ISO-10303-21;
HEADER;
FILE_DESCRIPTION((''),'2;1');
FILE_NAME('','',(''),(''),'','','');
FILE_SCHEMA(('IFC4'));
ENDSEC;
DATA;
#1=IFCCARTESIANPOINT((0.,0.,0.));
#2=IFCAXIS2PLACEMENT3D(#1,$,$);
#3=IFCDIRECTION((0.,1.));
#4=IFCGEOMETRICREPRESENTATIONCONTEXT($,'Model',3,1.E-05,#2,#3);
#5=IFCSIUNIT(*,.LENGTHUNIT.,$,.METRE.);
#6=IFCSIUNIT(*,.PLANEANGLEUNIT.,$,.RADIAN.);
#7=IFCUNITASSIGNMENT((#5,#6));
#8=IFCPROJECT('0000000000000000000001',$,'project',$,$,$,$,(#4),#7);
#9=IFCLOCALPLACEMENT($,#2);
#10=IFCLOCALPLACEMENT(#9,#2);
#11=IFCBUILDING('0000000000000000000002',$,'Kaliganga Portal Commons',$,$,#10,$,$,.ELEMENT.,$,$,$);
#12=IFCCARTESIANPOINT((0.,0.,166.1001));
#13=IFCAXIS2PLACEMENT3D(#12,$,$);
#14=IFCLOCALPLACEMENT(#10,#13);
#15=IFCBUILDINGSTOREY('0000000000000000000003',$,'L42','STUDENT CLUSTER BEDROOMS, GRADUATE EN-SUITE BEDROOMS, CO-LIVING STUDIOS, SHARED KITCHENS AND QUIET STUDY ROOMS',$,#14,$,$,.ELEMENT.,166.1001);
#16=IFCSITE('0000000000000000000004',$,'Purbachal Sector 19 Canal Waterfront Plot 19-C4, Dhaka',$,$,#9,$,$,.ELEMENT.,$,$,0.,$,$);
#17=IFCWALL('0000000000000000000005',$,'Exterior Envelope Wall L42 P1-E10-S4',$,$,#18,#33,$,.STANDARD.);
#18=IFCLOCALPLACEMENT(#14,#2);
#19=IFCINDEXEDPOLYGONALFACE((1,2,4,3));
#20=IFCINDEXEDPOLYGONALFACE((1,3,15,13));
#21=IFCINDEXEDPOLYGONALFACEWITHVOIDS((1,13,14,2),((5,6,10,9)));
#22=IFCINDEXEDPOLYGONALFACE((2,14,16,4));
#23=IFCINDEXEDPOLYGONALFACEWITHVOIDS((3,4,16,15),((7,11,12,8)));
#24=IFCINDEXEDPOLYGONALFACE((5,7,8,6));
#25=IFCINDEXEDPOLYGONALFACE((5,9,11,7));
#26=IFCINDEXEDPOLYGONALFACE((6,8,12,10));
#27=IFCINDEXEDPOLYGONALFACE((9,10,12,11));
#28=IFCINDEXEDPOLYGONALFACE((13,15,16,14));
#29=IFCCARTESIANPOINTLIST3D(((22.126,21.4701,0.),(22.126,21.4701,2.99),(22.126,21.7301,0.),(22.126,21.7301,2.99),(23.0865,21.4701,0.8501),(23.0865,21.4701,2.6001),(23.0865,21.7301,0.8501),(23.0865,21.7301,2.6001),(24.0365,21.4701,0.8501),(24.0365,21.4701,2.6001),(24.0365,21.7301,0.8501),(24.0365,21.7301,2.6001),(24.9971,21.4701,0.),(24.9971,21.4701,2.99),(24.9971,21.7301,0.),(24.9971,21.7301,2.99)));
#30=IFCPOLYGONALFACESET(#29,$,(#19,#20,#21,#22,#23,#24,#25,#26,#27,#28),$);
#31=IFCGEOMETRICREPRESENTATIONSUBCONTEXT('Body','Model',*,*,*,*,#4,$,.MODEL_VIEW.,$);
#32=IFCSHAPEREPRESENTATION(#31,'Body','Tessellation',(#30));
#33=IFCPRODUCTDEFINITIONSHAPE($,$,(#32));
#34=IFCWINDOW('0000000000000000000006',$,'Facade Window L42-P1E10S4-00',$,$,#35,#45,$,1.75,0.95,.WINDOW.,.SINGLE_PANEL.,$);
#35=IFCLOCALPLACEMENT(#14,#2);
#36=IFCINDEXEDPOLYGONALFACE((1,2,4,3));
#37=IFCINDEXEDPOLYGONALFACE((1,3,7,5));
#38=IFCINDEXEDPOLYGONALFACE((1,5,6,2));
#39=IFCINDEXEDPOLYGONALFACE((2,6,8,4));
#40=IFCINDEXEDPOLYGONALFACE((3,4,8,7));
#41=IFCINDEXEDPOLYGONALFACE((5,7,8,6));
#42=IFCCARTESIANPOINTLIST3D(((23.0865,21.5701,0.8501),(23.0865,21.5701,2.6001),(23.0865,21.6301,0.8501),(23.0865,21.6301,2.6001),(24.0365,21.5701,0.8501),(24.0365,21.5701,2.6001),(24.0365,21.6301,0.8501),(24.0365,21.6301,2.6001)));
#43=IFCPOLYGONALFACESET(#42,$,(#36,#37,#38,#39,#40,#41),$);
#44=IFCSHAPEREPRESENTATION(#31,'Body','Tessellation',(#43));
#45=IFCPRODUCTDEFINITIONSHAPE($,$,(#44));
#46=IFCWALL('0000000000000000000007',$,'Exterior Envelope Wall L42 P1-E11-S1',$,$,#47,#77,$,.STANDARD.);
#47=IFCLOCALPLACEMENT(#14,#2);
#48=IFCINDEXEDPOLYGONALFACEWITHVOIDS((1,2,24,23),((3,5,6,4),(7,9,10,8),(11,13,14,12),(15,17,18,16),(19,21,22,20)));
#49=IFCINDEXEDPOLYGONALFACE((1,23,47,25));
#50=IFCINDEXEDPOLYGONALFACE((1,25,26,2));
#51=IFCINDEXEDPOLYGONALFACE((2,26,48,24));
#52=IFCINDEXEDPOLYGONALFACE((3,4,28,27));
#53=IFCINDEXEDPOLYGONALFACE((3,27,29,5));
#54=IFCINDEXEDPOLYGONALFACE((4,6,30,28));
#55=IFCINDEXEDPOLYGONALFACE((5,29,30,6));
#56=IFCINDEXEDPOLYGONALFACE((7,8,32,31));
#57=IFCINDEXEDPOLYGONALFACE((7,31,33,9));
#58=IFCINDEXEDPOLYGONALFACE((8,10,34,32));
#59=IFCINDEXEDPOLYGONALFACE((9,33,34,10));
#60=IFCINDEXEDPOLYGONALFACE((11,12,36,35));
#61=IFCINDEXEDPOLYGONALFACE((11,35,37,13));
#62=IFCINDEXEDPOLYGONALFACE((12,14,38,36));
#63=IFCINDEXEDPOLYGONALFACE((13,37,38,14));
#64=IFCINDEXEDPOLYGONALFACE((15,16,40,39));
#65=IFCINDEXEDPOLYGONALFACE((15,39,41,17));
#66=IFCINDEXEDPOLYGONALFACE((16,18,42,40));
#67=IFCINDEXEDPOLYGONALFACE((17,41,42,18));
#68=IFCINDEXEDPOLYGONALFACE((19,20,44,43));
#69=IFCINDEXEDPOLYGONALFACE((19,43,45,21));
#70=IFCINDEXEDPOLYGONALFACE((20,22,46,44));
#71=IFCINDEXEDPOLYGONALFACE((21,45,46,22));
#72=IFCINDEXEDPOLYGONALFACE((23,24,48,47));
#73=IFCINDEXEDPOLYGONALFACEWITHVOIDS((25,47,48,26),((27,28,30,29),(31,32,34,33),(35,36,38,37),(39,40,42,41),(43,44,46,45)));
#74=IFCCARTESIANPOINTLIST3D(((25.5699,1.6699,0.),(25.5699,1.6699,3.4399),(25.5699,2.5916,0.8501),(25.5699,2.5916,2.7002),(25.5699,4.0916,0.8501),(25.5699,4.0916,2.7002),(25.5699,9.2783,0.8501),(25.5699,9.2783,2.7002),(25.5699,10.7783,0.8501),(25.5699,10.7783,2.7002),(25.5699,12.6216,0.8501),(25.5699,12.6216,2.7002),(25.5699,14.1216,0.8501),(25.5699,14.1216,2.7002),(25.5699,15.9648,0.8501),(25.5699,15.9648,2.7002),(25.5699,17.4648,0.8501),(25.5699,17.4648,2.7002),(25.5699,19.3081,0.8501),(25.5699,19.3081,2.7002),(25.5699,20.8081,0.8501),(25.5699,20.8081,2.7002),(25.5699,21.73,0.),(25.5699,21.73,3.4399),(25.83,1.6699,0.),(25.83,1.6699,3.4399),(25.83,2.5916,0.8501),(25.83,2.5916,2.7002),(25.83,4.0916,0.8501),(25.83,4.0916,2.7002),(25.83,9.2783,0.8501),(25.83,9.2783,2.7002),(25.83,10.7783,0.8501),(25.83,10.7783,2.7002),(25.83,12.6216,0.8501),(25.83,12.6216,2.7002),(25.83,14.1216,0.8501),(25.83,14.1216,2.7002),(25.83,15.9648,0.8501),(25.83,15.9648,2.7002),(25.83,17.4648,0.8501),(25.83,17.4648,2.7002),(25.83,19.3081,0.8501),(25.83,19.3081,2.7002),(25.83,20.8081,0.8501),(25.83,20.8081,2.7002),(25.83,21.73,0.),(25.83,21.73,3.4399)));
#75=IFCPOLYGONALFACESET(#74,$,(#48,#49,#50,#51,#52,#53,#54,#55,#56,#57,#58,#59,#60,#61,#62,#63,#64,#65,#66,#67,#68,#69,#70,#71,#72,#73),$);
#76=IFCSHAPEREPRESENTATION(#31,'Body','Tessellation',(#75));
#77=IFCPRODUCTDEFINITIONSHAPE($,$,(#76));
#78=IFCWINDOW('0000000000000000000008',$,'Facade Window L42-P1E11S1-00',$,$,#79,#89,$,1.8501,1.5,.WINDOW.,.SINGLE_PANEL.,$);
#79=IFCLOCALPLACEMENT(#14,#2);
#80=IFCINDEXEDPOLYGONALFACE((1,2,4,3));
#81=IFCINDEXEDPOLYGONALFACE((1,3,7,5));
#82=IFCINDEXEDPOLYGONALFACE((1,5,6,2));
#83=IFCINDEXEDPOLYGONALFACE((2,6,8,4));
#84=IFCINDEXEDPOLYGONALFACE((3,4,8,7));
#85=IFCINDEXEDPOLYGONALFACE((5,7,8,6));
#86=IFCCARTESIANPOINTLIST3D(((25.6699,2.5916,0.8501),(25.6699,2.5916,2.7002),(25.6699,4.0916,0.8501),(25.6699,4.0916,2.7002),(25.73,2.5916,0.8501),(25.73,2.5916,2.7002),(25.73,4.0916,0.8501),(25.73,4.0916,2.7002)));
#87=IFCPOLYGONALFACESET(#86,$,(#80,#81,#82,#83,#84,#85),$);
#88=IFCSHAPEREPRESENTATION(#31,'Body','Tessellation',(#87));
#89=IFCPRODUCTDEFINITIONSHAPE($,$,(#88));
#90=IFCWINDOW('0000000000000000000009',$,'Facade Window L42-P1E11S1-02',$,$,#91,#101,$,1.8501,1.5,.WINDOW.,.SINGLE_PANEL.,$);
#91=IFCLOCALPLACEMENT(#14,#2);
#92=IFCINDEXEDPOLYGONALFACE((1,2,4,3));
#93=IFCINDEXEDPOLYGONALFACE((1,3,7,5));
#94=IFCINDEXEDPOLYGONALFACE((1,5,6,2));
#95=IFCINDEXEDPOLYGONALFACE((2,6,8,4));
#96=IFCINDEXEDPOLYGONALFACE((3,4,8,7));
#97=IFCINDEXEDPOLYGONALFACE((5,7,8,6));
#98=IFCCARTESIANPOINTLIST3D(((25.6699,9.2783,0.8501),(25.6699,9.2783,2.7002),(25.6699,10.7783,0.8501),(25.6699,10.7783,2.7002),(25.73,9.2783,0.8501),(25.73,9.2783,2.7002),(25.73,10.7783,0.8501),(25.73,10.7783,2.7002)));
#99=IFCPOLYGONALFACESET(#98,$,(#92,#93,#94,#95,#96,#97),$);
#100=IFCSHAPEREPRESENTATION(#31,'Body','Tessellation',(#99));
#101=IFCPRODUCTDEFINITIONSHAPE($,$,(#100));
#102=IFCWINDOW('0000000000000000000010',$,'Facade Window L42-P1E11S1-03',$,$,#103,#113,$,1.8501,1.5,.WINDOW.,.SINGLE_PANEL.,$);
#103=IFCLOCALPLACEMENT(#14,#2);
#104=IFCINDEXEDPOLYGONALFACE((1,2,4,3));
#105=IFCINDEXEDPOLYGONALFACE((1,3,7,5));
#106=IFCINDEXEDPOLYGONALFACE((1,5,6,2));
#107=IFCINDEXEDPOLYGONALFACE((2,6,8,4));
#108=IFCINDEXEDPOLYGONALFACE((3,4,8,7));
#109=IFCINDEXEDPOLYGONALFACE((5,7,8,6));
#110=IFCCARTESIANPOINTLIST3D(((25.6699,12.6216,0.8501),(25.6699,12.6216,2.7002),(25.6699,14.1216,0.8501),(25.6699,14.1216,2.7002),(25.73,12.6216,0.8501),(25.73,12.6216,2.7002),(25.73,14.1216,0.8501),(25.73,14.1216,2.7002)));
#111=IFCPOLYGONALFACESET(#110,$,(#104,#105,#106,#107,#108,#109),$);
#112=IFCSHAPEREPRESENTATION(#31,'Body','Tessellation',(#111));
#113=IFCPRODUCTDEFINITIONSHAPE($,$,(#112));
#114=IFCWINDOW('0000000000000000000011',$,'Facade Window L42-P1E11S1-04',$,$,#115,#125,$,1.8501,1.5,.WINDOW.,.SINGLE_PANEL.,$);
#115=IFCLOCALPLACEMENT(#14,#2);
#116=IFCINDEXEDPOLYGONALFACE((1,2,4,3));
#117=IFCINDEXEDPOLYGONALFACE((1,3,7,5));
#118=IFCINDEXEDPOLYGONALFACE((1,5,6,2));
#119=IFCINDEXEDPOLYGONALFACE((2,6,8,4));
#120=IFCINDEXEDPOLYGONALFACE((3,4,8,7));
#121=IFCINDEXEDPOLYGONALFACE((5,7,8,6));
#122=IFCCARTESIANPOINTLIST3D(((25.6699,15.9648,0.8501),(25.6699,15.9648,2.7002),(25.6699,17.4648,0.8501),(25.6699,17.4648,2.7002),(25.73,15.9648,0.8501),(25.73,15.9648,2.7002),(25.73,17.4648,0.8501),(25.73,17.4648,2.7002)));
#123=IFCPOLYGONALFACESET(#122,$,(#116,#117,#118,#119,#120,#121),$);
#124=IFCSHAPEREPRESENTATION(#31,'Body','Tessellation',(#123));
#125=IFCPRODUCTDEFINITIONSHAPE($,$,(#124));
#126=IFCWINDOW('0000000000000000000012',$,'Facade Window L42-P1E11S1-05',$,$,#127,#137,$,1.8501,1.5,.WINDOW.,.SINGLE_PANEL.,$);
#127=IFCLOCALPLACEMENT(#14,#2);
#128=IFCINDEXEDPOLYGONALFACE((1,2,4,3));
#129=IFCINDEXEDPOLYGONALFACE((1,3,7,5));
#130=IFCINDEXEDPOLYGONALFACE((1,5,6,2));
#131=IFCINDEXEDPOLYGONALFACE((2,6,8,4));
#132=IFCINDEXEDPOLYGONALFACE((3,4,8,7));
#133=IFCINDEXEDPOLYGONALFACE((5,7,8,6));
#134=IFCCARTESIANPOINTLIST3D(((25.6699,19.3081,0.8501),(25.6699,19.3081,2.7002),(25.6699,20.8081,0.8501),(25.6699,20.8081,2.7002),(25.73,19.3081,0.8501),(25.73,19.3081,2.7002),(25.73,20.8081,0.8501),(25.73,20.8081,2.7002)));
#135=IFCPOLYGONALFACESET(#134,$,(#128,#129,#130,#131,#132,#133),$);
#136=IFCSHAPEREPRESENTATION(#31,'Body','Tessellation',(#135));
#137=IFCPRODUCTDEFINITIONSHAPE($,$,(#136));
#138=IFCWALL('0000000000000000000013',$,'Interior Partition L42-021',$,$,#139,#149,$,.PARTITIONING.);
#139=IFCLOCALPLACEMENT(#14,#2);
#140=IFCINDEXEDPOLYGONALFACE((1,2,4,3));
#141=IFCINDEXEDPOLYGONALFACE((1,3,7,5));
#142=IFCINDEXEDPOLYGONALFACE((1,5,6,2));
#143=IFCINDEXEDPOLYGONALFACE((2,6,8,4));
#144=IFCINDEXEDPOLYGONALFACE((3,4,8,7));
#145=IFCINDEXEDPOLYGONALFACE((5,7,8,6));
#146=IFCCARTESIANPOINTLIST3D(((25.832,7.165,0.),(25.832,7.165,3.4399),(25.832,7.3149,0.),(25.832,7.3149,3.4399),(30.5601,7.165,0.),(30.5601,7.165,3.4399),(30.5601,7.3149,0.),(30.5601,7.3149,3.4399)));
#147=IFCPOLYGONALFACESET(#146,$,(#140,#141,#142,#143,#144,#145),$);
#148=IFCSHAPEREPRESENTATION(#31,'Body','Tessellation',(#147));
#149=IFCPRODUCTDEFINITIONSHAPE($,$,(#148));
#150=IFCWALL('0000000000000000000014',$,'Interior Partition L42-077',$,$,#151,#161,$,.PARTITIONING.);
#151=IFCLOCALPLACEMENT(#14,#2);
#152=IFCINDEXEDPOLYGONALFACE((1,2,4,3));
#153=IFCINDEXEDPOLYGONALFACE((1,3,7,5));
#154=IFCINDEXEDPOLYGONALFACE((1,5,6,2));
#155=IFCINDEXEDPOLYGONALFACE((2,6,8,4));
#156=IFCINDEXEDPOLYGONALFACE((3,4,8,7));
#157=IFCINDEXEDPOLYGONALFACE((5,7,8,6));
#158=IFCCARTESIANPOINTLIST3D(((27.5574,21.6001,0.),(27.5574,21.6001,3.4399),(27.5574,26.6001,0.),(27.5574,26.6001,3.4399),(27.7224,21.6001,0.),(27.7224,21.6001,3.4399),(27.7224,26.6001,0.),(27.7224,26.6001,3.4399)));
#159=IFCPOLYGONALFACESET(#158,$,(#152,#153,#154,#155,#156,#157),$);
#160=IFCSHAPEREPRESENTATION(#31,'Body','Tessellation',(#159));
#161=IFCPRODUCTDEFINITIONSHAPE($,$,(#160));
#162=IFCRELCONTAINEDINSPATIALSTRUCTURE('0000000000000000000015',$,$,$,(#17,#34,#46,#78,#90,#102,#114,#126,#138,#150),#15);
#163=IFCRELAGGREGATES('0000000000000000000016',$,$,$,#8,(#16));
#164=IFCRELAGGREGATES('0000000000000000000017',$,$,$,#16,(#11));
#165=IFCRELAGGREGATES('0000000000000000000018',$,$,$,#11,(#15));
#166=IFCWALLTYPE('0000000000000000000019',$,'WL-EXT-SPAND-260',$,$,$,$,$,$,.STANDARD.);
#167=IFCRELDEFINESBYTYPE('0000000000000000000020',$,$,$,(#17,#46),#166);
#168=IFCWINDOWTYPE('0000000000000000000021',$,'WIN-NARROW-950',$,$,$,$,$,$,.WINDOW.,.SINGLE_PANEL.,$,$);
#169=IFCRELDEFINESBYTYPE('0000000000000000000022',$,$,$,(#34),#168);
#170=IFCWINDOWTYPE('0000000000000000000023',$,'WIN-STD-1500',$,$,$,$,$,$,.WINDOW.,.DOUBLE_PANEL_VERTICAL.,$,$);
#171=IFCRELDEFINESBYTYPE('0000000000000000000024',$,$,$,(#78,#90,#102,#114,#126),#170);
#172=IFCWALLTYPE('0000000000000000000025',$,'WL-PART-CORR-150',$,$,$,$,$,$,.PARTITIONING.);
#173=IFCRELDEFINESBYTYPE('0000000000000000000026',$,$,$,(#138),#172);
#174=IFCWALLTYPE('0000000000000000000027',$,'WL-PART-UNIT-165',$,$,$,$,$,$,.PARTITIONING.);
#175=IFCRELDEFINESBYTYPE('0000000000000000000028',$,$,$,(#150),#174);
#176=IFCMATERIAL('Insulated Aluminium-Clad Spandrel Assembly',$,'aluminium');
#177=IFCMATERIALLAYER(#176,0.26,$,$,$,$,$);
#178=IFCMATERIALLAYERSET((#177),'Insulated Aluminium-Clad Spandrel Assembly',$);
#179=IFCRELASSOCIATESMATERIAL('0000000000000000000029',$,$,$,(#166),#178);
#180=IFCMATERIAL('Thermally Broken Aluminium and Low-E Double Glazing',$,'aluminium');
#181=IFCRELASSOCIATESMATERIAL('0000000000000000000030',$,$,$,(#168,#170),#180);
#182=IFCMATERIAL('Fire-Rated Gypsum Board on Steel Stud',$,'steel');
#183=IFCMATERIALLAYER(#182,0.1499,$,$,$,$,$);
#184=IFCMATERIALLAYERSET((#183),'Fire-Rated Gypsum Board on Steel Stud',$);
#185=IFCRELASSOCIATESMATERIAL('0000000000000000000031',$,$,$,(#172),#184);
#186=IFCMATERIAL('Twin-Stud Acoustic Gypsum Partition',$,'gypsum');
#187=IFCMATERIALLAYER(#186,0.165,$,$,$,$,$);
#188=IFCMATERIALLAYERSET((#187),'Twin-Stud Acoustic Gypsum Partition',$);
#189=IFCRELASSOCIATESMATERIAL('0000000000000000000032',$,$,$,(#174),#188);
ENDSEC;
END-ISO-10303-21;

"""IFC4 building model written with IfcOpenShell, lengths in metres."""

from ifc_helpers import new_model, si_unit, direction, frame, frame_2d, origin, place, context, subcontext, project, spatial, rectangle, extrude, material, layer, layer_set, type_object, element, fill, save


model = new_model("IFC4")

# Units and contexts
model_context = context("Model", 3, precision=1e-05, world=origin(), true_north=direction((0.0, 1.0)))
body_context = subcontext(model_context, "Body", "Model", "MODEL_VIEW")
ifc_project = project(units=[si_unit("LENGTHUNIT", "METRE"), si_unit("PLANEANGLEUNIT", "RADIAN")], contexts=[model_context])

# Site, building, storey
site_placement = place(None, origin())
site = spatial("IfcSite", under=ifc_project, at=site_placement, Name="Purbachal Sector 19 Canal Waterfront Plot 19-C4, Dhaka", CompositionType="ELEMENT", RefElevation=0.0)
building_placement = place(site_placement, origin())
building = spatial("IfcBuilding", under=site, at=building_placement, Name="Kaliganga Portal Commons", CompositionType="ELEMENT")
storey_placement = place(building_placement, frame((0.0, 0.0, 166.1001)))
storey = spatial("IfcBuildingStorey", under=building, at=storey_placement, Name="L42", Description="STUDENT CLUSTER BEDROOMS, GRADUATE EN-SUITE BEDROOMS, CO-LIVING STUDIOS, SHARED KITCHENS AND QUIET STUDY ROOMS", CompositionType="ELEMENT", Elevation=166.1001)

# Wall, opening, window
ifc_material_1 = material(Name="Insulated Aluminium-Clad Spandrel Assembly", Category="aluminium")
ifc_layer_1 = layer(ifc_material_1, 0.26)
ifc_layer_set_1 = layer_set([ifc_layer_1], Name="Insulated Aluminium-Clad Spandrel Assembly")
wall_type_1 = type_object("IfcWallType", Name="WL-EXT-SPAND-260", PredefinedType="STANDARD", material=ifc_layer_set_1)
ifc_material_2 = material(Name="Thermally Broken Aluminium and Low-E Double Glazing", Category="aluminium")
window_type_1 = type_object("IfcWindowType", Name="WIN-NARROW-950", PartitioningType="SINGLE_PANEL", PredefinedType="WINDOW", material=ifc_material_2)
wall_1_placement = place(storey_placement, frame((24.9971, 21.6001, 0.0), z_axis=(0.0, 0.0, 1.0), x_axis=(-1.0, 0.0, 0.0)))
wall_1 = element("IfcWall", 1, at=wall_1_placement, inside=storey, type_object=wall_type_1, Name="Exterior Envelope Wall L42 P1-E10-S4", PredefinedType="STANDARD", context=body_context, shape_type="SweptSolid", body=[
    extrude(rectangle(XDim=2.8711, YDim=0.26, at=frame_2d((1.4355, 0.0))), origin(), (0.0, 0.0, 1.0), 2.99),
])
opening_1_placement = place(wall_1_placement, frame((0.9604, 0.0, 0.8501)))
opening_1 = element("IfcOpeningElement", 2, at=opening_1_placement, cuts=wall_1, PredefinedType="OPENING", context=body_context, shape_type="SweptSolid", body=[
    extrude(rectangle(XDim=0.95, YDim=1.75, at=frame_2d((0.4751, 0.875))), frame((0.0, 0.1401, 0.0), z_axis=(0.0, -1.0, 0.0), x_axis=(1.0, 0.0, 0.0)), (0.0, 0.0, 1.0), 0.28),
])
window_1_placement = place(opening_1_placement, origin())
window_1 = element("IfcWindow", 3, at=window_1_placement, inside=storey, type_object=window_type_1, Name="Facade Window L42-P1E10S4-00", OverallHeight=1.75, OverallWidth=0.95, PartitioningType="SINGLE_PANEL", PredefinedType="WINDOW", context=body_context, shape_type="SweptSolid", body=[
    extrude(rectangle(XDim=0.95, YDim=1.75, at=frame_2d((0.4751, 0.875))), frame((0.0, 0.03, 0.0), z_axis=(0.0, -1.0, 0.0), x_axis=(1.0, 0.0, 0.0)), (0.0, 0.0, 1.0), 0.0601),
])
fill(opening_1, window_1)

# Wall, openings, windows
wall_2_placement = place(storey_placement, frame((25.7, 1.6699, 0.0), z_axis=(0.0, 0.0, 1.0), x_axis=(0.0, 1.0, 0.0)))
wall_2 = element("IfcWall", 4, at=wall_2_placement, inside=storey, type_object=wall_type_1, Name="Exterior Envelope Wall L42 P1-E11-S1", PredefinedType="STANDARD", context=body_context, shape_type="SweptSolid", body=[
    extrude(rectangle(XDim=20.0601, YDim=0.26, at=frame_2d((10.03, 0.0))), origin(), (0.0, 0.0, 1.0), 3.4399),
])
opening_2_placement = place(wall_2_placement, frame((0.9216, 0.0, 0.8501)))
opening_2 = element("IfcOpeningElement", 5, at=opening_2_placement, cuts=wall_2, PredefinedType="OPENING", context=body_context, shape_type="SweptSolid", body=[
    extrude(rectangle(XDim=1.5, YDim=1.8501, at=frame_2d((0.75, 0.925))), frame((0.0, 0.1401, 0.0), z_axis=(0.0, -1.0, 0.0), x_axis=(1.0, 0.0, 0.0)), (0.0, 0.0, 1.0), 0.28),
])
opening_3_placement = place(wall_2_placement, frame((7.6084, 0.0, 0.8501)))
opening_3 = element("IfcOpeningElement", 6, at=opening_3_placement, cuts=wall_2, PredefinedType="OPENING", context=body_context, shape_type="SweptSolid", body=[
    extrude(rectangle(XDim=1.5, YDim=1.8501, at=frame_2d((0.75, 0.925))), frame((0.0, 0.1401, 0.0), z_axis=(0.0, -1.0, 0.0), x_axis=(1.0, 0.0, 0.0)), (0.0, 0.0, 1.0), 0.28),
])
opening_4_placement = place(wall_2_placement, frame((10.9517, 0.0, 0.8501)))
opening_4 = element("IfcOpeningElement", 7, at=opening_4_placement, cuts=wall_2, PredefinedType="OPENING", context=body_context, shape_type="SweptSolid", body=[
    extrude(rectangle(XDim=1.5, YDim=1.8501, at=frame_2d((0.75, 0.925))), frame((0.0, 0.1401, 0.0), z_axis=(0.0, -1.0, 0.0), x_axis=(1.0, 0.0, 0.0)), (0.0, 0.0, 1.0), 0.28),
])
opening_5_placement = place(wall_2_placement, frame((14.2949, 0.0, 0.8501)))
opening_5 = element("IfcOpeningElement", 8, at=opening_5_placement, cuts=wall_2, PredefinedType="OPENING", context=body_context, shape_type="SweptSolid", body=[
    extrude(rectangle(XDim=1.5, YDim=1.8501, at=frame_2d((0.75, 0.925))), frame((0.0, 0.1401, 0.0), z_axis=(0.0, -1.0, 0.0), x_axis=(1.0, 0.0, 0.0)), (0.0, 0.0, 1.0), 0.28),
])
opening_6_placement = place(wall_2_placement, frame((17.6382, 0.0, 0.8501)))
opening_6 = element("IfcOpeningElement", 9, at=opening_6_placement, cuts=wall_2, PredefinedType="OPENING", context=body_context, shape_type="SweptSolid", body=[
    extrude(rectangle(XDim=1.5, YDim=1.8501, at=frame_2d((0.75, 0.925))), frame((0.0, 0.1401, 0.0), z_axis=(0.0, -1.0, 0.0), x_axis=(1.0, 0.0, 0.0)), (0.0, 0.0, 1.0), 0.28),
])
window_type_2 = type_object("IfcWindowType", Name="WIN-STD-1500", PartitioningType="DOUBLE_PANEL_VERTICAL", PredefinedType="WINDOW", material=ifc_material_2)
window_2_placement = place(opening_2_placement, origin())
window_2 = element("IfcWindow", 10, at=window_2_placement, inside=storey, type_object=window_type_2, Name="Facade Window L42-P1E11S1-00", OverallHeight=1.8501, OverallWidth=1.5, PartitioningType="SINGLE_PANEL", PredefinedType="WINDOW", context=body_context, shape_type="SweptSolid", body=[
    extrude(rectangle(XDim=1.5, YDim=1.8501, at=frame_2d((0.75, 0.925))), frame((0.0, 0.03, 0.0), z_axis=(0.0, -1.0, 0.0), x_axis=(1.0, 0.0, 0.0)), (0.0, 0.0, 1.0), 0.0601),
])
fill(opening_2, window_2)
window_3_placement = place(opening_3_placement, origin())
window_3 = element("IfcWindow", 11, at=window_3_placement, inside=storey, type_object=window_type_2, Name="Facade Window L42-P1E11S1-02", OverallHeight=1.8501, OverallWidth=1.5, PartitioningType="SINGLE_PANEL", PredefinedType="WINDOW", context=body_context, shape_type="SweptSolid", body=[
    extrude(rectangle(XDim=1.5, YDim=1.8501, at=frame_2d((0.75, 0.925))), frame((0.0, 0.03, 0.0), z_axis=(0.0, -1.0, 0.0), x_axis=(1.0, 0.0, 0.0)), (0.0, 0.0, 1.0), 0.0601),
])
fill(opening_3, window_3)
window_4_placement = place(opening_4_placement, origin())
window_4 = element("IfcWindow", 12, at=window_4_placement, inside=storey, type_object=window_type_2, Name="Facade Window L42-P1E11S1-03", OverallHeight=1.8501, OverallWidth=1.5, PartitioningType="SINGLE_PANEL", PredefinedType="WINDOW", context=body_context, shape_type="SweptSolid", body=[
    extrude(rectangle(XDim=1.5, YDim=1.8501, at=frame_2d((0.75, 0.925))), frame((0.0, 0.03, 0.0), z_axis=(0.0, -1.0, 0.0), x_axis=(1.0, 0.0, 0.0)), (0.0, 0.0, 1.0), 0.0601),
])
fill(opening_4, window_4)
window_5_placement = place(opening_5_placement, origin())
window_5 = element("IfcWindow", 13, at=window_5_placement, inside=storey, type_object=window_type_2, Name="Facade Window L42-P1E11S1-04", OverallHeight=1.8501, OverallWidth=1.5, PartitioningType="SINGLE_PANEL", PredefinedType="WINDOW", context=body_context, shape_type="SweptSolid", body=[
    extrude(rectangle(XDim=1.5, YDim=1.8501, at=frame_2d((0.75, 0.925))), frame((0.0, 0.03, 0.0), z_axis=(0.0, -1.0, 0.0), x_axis=(1.0, 0.0, 0.0)), (0.0, 0.0, 1.0), 0.0601),
])
fill(opening_5, window_5)
window_6_placement = place(opening_6_placement, origin())
window_6 = element("IfcWindow", 14, at=window_6_placement, inside=storey, type_object=window_type_2, Name="Facade Window L42-P1E11S1-05", OverallHeight=1.8501, OverallWidth=1.5, PartitioningType="SINGLE_PANEL", PredefinedType="WINDOW", context=body_context, shape_type="SweptSolid", body=[
    extrude(rectangle(XDim=1.5, YDim=1.8501, at=frame_2d((0.75, 0.925))), frame((0.0, 0.03, 0.0), z_axis=(0.0, -1.0, 0.0), x_axis=(1.0, 0.0, 0.0)), (0.0, 0.0, 1.0), 0.0601),
])
fill(opening_6, window_6)

# Walls
ifc_material_3 = material(Name="Fire-Rated Gypsum Board on Steel Stud", Category="steel")
ifc_layer_2 = layer(ifc_material_3, 0.1499)
ifc_layer_set_2 = layer_set([ifc_layer_2], Name="Fire-Rated Gypsum Board on Steel Stud")
wall_type_2 = type_object("IfcWallType", Name="WL-PART-CORR-150", PredefinedType="PARTITIONING", material=ifc_layer_set_2)
wall_3_placement = place(storey_placement, frame((25.832, 7.24, 0.0), z_axis=(0.0, 0.0, 1.0), x_axis=(1.0, 0.0, 0.0)))
element("IfcWall", 15, at=wall_3_placement, inside=storey, type_object=wall_type_2, Name="Interior Partition L42-021", PredefinedType="PARTITIONING", context=body_context, shape_type="SweptSolid", body=[
    extrude(rectangle(XDim=4.728, YDim=0.1499, at=frame_2d((2.364, 0.0))), origin(), (0.0, 0.0, 1.0), 3.4399),
])
ifc_material_4 = material(Name="Twin-Stud Acoustic Gypsum Partition", Category="gypsum")
ifc_layer_3 = layer(ifc_material_4, 0.165)
ifc_layer_set_3 = layer_set([ifc_layer_3], Name="Twin-Stud Acoustic Gypsum Partition")
wall_type_3 = type_object("IfcWallType", Name="WL-PART-UNIT-165", PredefinedType="PARTITIONING", material=ifc_layer_set_3)
wall_4_placement = place(storey_placement, frame((27.6399, 21.6001, 0.0), z_axis=(0.0, 0.0, 1.0), x_axis=(0.0, 1.0, 0.0)))
element("IfcWall", 16, at=wall_4_placement, inside=storey, type_object=wall_type_3, Name="Interior Partition L42-077", PredefinedType="PARTITIONING", context=body_context, shape_type="SweptSolid", body=[
    extrude(rectangle(XDim=5.0, YDim=0.165, at=frame_2d((2.5, 0.0))), origin(), (0.0, 0.0, 1.0), 3.4399),
])

save(model, "model.ifc")
